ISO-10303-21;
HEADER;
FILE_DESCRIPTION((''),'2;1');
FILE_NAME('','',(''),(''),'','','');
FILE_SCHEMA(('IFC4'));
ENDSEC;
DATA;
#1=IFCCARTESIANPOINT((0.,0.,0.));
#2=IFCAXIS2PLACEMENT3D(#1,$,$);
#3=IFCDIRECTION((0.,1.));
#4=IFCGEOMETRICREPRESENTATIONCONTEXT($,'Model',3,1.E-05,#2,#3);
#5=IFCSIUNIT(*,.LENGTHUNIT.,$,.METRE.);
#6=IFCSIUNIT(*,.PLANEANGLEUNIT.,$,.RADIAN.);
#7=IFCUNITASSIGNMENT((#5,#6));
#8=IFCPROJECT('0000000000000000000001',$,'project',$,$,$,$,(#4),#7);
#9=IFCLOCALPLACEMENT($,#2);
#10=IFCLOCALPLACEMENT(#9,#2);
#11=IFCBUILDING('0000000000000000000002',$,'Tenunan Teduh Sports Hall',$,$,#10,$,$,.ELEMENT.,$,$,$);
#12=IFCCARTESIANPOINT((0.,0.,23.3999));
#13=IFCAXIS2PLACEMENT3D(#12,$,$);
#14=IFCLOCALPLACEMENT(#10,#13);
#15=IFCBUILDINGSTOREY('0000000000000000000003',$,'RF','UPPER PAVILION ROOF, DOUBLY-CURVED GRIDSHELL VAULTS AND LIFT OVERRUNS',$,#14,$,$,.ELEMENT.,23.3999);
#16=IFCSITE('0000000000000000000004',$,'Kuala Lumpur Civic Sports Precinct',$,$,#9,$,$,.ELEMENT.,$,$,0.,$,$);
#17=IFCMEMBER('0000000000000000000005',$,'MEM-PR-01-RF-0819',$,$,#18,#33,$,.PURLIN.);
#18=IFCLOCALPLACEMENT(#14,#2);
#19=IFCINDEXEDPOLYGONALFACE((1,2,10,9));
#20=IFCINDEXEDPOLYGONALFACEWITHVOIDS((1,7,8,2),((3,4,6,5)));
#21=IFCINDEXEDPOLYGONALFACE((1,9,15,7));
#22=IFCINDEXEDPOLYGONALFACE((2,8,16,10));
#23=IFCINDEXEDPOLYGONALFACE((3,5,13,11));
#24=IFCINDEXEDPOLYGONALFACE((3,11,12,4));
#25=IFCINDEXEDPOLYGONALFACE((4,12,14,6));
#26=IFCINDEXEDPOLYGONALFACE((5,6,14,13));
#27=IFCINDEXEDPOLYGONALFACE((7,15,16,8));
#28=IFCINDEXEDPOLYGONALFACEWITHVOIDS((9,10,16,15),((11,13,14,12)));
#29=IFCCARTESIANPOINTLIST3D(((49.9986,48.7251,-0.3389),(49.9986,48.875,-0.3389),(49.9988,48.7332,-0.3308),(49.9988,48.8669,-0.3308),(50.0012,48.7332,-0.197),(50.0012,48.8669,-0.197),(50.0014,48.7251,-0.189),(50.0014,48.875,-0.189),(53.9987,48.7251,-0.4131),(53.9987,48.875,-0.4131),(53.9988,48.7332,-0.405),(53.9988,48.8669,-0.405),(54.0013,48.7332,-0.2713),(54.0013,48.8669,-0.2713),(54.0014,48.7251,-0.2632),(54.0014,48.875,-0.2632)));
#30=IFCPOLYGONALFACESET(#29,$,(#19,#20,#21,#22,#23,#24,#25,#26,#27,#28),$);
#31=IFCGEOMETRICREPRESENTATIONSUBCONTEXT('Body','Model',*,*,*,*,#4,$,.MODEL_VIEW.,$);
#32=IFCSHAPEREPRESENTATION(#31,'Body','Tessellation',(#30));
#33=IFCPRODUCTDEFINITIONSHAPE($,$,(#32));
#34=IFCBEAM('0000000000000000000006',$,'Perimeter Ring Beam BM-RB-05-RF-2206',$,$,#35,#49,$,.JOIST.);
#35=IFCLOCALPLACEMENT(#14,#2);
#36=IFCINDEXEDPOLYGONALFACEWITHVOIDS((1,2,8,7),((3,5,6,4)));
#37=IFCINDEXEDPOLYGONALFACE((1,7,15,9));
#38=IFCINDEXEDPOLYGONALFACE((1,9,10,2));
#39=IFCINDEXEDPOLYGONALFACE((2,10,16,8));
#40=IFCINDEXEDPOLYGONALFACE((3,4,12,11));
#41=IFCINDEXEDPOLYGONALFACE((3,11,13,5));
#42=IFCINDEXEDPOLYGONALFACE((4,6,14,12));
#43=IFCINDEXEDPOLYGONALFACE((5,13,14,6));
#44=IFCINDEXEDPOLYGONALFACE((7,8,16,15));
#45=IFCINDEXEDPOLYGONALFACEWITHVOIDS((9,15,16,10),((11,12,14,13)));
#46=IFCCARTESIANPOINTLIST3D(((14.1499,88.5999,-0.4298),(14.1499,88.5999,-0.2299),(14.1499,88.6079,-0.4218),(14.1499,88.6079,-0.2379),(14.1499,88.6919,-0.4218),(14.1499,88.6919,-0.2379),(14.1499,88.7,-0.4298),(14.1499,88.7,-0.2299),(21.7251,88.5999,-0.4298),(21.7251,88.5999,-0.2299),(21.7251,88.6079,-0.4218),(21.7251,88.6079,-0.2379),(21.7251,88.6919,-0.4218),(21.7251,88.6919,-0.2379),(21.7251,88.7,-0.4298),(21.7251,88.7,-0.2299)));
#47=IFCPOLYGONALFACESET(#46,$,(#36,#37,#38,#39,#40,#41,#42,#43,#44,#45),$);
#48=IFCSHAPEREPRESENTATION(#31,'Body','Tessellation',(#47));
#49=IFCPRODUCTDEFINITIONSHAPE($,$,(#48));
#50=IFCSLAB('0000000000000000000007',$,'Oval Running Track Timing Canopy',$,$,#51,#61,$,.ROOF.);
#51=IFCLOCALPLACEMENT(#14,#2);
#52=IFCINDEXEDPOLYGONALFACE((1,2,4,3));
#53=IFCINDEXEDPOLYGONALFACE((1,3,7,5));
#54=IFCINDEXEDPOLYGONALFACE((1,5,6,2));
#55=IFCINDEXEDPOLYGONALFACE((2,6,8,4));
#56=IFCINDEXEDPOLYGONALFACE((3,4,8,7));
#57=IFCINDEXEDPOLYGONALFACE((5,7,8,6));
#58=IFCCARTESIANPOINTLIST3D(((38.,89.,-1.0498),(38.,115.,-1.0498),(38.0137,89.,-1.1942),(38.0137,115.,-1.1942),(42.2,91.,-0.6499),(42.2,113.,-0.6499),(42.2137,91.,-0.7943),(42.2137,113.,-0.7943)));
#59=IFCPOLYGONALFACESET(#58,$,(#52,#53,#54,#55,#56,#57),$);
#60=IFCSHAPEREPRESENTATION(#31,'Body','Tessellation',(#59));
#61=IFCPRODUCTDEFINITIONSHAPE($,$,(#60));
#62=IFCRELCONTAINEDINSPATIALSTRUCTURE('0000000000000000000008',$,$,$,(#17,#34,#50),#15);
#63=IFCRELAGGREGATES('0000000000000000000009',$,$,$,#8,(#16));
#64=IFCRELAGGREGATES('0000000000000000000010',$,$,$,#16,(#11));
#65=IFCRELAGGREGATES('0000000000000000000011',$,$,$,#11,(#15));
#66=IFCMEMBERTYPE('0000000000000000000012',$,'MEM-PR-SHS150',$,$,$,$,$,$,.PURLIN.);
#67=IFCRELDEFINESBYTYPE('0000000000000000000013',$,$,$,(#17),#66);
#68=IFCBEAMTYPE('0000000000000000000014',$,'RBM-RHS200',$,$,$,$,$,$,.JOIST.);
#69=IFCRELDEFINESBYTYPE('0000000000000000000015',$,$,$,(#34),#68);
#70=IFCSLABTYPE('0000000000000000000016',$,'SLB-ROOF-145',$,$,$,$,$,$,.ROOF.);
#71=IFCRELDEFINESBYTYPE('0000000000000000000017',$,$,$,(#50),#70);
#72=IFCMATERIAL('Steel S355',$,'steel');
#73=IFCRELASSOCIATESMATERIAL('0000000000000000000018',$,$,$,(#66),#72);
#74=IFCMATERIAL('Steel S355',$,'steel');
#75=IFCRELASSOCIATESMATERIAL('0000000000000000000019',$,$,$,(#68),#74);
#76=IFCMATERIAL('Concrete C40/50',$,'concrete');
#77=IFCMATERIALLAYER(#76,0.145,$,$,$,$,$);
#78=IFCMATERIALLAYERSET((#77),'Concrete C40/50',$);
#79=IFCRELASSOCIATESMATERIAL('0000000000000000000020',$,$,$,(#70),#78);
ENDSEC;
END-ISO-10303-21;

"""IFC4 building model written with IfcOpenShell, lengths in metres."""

from ifc_helpers import new_model, si_unit, direction, frame, origin, origin_2d, place, context, subcontext, project, spatial, polyline, hollow_rectangle, outline, extrude, material, layer, layer_set, material_profile, profile_set, type_object, element, save


model = new_model("IFC4")

# Units and contexts
model_context = context("Model", 3, precision=1e-05, world=origin(), true_north=direction((0.0, 1.0)))
body_context = subcontext(model_context, "Body", "Model", "MODEL_VIEW")
ifc_project = project(units=[si_unit("LENGTHUNIT", "METRE"), si_unit("PLANEANGLEUNIT", "RADIAN")], contexts=[model_context])

# Site, building, storey
site_placement = place(None, origin())
site = spatial("IfcSite", under=ifc_project, at=site_placement, Name="Kuala Lumpur Civic Sports Precinct", CompositionType="ELEMENT", RefElevation=0.0)
building_placement = place(site_placement, origin())
building = spatial("IfcBuilding", under=site, at=building_placement, Name="Tenunan Teduh Sports Hall", CompositionType="ELEMENT")
storey_placement = place(building_placement, frame((0.0, 0.0, 23.3999)))
storey = spatial("IfcBuildingStorey", under=building, at=storey_placement, Name="RF", Description="UPPER PAVILION ROOF, DOUBLY-CURVED GRIDSHELL VAULTS AND LIFT OVERRUNS", CompositionType="ELEMENT", Elevation=23.3999)

# Member
ifc_material_1 = material(Name="Steel S355", Category="steel")
ifc_material_profile_1 = material_profile(ifc_material_1, hollow_rectangle(XDim=0.1499, YDim=0.1499, WallThickness=0.0081, at=origin_2d()), Name="SHS 150x150x8.0")
ifc_profile_set_1 = profile_set([ifc_material_profile_1], Name="Steel S355")
member_type = type_object("IfcMemberType", Name="MEM-PR-SHS150", PredefinedType="PURLIN", material=ifc_profile_set_1)
member_placement = place(storey_placement, frame((50.0, 48.8, -0.2639), z_axis=(0.999828, 0.0, -0.018551), x_axis=(0.0, 1.0, 0.0)))
element("IfcMember", 1, at=member_placement, inside=storey, type_object=member_type, Name="MEM-PR-01-RF-0819", PredefinedType="PURLIN", context=body_context, shape_type="SweptSolid", body=[
    extrude(hollow_rectangle(XDim=0.1499, YDim=0.1499, WallThickness=0.0081, at=origin_2d()), origin(), (0.0, 0.0, 1.0), 4.0007),
])

# Beam
ifc_material_2 = material(Name="Steel S355", Category="steel")
ifc_material_profile_2 = material_profile(ifc_material_2, hollow_rectangle(XDim=0.1001, YDim=0.2, WallThickness=0.0081, at=origin_2d()), Name="RHS 200x100x8.0")
ifc_profile_set_2 = profile_set([ifc_material_profile_2], Name="Steel S355")
beam_type_1 = type_object("IfcBeamType", Name="RBM-RHS200", PredefinedType="JOIST", material=ifc_profile_set_2)
beam_1_placement = place(storey_placement, frame((14.1499, 88.6499, -0.3298), z_axis=(1.0, 0.0, 0.0), x_axis=(0.0, 1.0, 0.0)))
element("IfcBeam", 2, at=beam_1_placement, inside=storey, type_object=beam_type_1, Name="Perimeter Ring Beam BM-RB-05-RF-2206", PredefinedType="JOIST", context=body_context, shape_type="SweptSolid", body=[
    extrude(hollow_rectangle(XDim=0.1001, YDim=0.2, WallThickness=0.0081, at=origin_2d()), origin(), (0.0, 0.0, 1.0), 7.5752),
])

# Slab
ifc_material_3 = material(Name="Concrete C40/50", Category="concrete")
ifc_layer = layer(ifc_material_3, 0.145)
ifc_layer_set = layer_set([ifc_layer], Name="Concrete C40/50")
slab_type = type_object("IfcSlabType", Name="SLB-ROOF-145", PredefinedType="ROOF", material=ifc_layer_set)
slab_placement = place(storey_placement, frame((38.0, 89.0, -1.0498), z_axis=(-0.094787, 0.0, 0.995498), x_axis=(0.899541, 0.428358, 0.085651)))
element("IfcSlab", 3, at=slab_placement, inside=storey, type_object=slab_type, Name="Oval Running Track Timing Canopy", PredefinedType="ROOF", context=body_context, shape_type="SweptSolid", body=[
    extrude(outline(polyline([(0.0, 0.0), (4.669, 0.0), (14.0929, 19.8794), (11.1373, 23.4938), (0.0, 0.0)])), origin(), (0.0, 0.0, -1.0), 0.145),
])

save(model, "model.ifc")
